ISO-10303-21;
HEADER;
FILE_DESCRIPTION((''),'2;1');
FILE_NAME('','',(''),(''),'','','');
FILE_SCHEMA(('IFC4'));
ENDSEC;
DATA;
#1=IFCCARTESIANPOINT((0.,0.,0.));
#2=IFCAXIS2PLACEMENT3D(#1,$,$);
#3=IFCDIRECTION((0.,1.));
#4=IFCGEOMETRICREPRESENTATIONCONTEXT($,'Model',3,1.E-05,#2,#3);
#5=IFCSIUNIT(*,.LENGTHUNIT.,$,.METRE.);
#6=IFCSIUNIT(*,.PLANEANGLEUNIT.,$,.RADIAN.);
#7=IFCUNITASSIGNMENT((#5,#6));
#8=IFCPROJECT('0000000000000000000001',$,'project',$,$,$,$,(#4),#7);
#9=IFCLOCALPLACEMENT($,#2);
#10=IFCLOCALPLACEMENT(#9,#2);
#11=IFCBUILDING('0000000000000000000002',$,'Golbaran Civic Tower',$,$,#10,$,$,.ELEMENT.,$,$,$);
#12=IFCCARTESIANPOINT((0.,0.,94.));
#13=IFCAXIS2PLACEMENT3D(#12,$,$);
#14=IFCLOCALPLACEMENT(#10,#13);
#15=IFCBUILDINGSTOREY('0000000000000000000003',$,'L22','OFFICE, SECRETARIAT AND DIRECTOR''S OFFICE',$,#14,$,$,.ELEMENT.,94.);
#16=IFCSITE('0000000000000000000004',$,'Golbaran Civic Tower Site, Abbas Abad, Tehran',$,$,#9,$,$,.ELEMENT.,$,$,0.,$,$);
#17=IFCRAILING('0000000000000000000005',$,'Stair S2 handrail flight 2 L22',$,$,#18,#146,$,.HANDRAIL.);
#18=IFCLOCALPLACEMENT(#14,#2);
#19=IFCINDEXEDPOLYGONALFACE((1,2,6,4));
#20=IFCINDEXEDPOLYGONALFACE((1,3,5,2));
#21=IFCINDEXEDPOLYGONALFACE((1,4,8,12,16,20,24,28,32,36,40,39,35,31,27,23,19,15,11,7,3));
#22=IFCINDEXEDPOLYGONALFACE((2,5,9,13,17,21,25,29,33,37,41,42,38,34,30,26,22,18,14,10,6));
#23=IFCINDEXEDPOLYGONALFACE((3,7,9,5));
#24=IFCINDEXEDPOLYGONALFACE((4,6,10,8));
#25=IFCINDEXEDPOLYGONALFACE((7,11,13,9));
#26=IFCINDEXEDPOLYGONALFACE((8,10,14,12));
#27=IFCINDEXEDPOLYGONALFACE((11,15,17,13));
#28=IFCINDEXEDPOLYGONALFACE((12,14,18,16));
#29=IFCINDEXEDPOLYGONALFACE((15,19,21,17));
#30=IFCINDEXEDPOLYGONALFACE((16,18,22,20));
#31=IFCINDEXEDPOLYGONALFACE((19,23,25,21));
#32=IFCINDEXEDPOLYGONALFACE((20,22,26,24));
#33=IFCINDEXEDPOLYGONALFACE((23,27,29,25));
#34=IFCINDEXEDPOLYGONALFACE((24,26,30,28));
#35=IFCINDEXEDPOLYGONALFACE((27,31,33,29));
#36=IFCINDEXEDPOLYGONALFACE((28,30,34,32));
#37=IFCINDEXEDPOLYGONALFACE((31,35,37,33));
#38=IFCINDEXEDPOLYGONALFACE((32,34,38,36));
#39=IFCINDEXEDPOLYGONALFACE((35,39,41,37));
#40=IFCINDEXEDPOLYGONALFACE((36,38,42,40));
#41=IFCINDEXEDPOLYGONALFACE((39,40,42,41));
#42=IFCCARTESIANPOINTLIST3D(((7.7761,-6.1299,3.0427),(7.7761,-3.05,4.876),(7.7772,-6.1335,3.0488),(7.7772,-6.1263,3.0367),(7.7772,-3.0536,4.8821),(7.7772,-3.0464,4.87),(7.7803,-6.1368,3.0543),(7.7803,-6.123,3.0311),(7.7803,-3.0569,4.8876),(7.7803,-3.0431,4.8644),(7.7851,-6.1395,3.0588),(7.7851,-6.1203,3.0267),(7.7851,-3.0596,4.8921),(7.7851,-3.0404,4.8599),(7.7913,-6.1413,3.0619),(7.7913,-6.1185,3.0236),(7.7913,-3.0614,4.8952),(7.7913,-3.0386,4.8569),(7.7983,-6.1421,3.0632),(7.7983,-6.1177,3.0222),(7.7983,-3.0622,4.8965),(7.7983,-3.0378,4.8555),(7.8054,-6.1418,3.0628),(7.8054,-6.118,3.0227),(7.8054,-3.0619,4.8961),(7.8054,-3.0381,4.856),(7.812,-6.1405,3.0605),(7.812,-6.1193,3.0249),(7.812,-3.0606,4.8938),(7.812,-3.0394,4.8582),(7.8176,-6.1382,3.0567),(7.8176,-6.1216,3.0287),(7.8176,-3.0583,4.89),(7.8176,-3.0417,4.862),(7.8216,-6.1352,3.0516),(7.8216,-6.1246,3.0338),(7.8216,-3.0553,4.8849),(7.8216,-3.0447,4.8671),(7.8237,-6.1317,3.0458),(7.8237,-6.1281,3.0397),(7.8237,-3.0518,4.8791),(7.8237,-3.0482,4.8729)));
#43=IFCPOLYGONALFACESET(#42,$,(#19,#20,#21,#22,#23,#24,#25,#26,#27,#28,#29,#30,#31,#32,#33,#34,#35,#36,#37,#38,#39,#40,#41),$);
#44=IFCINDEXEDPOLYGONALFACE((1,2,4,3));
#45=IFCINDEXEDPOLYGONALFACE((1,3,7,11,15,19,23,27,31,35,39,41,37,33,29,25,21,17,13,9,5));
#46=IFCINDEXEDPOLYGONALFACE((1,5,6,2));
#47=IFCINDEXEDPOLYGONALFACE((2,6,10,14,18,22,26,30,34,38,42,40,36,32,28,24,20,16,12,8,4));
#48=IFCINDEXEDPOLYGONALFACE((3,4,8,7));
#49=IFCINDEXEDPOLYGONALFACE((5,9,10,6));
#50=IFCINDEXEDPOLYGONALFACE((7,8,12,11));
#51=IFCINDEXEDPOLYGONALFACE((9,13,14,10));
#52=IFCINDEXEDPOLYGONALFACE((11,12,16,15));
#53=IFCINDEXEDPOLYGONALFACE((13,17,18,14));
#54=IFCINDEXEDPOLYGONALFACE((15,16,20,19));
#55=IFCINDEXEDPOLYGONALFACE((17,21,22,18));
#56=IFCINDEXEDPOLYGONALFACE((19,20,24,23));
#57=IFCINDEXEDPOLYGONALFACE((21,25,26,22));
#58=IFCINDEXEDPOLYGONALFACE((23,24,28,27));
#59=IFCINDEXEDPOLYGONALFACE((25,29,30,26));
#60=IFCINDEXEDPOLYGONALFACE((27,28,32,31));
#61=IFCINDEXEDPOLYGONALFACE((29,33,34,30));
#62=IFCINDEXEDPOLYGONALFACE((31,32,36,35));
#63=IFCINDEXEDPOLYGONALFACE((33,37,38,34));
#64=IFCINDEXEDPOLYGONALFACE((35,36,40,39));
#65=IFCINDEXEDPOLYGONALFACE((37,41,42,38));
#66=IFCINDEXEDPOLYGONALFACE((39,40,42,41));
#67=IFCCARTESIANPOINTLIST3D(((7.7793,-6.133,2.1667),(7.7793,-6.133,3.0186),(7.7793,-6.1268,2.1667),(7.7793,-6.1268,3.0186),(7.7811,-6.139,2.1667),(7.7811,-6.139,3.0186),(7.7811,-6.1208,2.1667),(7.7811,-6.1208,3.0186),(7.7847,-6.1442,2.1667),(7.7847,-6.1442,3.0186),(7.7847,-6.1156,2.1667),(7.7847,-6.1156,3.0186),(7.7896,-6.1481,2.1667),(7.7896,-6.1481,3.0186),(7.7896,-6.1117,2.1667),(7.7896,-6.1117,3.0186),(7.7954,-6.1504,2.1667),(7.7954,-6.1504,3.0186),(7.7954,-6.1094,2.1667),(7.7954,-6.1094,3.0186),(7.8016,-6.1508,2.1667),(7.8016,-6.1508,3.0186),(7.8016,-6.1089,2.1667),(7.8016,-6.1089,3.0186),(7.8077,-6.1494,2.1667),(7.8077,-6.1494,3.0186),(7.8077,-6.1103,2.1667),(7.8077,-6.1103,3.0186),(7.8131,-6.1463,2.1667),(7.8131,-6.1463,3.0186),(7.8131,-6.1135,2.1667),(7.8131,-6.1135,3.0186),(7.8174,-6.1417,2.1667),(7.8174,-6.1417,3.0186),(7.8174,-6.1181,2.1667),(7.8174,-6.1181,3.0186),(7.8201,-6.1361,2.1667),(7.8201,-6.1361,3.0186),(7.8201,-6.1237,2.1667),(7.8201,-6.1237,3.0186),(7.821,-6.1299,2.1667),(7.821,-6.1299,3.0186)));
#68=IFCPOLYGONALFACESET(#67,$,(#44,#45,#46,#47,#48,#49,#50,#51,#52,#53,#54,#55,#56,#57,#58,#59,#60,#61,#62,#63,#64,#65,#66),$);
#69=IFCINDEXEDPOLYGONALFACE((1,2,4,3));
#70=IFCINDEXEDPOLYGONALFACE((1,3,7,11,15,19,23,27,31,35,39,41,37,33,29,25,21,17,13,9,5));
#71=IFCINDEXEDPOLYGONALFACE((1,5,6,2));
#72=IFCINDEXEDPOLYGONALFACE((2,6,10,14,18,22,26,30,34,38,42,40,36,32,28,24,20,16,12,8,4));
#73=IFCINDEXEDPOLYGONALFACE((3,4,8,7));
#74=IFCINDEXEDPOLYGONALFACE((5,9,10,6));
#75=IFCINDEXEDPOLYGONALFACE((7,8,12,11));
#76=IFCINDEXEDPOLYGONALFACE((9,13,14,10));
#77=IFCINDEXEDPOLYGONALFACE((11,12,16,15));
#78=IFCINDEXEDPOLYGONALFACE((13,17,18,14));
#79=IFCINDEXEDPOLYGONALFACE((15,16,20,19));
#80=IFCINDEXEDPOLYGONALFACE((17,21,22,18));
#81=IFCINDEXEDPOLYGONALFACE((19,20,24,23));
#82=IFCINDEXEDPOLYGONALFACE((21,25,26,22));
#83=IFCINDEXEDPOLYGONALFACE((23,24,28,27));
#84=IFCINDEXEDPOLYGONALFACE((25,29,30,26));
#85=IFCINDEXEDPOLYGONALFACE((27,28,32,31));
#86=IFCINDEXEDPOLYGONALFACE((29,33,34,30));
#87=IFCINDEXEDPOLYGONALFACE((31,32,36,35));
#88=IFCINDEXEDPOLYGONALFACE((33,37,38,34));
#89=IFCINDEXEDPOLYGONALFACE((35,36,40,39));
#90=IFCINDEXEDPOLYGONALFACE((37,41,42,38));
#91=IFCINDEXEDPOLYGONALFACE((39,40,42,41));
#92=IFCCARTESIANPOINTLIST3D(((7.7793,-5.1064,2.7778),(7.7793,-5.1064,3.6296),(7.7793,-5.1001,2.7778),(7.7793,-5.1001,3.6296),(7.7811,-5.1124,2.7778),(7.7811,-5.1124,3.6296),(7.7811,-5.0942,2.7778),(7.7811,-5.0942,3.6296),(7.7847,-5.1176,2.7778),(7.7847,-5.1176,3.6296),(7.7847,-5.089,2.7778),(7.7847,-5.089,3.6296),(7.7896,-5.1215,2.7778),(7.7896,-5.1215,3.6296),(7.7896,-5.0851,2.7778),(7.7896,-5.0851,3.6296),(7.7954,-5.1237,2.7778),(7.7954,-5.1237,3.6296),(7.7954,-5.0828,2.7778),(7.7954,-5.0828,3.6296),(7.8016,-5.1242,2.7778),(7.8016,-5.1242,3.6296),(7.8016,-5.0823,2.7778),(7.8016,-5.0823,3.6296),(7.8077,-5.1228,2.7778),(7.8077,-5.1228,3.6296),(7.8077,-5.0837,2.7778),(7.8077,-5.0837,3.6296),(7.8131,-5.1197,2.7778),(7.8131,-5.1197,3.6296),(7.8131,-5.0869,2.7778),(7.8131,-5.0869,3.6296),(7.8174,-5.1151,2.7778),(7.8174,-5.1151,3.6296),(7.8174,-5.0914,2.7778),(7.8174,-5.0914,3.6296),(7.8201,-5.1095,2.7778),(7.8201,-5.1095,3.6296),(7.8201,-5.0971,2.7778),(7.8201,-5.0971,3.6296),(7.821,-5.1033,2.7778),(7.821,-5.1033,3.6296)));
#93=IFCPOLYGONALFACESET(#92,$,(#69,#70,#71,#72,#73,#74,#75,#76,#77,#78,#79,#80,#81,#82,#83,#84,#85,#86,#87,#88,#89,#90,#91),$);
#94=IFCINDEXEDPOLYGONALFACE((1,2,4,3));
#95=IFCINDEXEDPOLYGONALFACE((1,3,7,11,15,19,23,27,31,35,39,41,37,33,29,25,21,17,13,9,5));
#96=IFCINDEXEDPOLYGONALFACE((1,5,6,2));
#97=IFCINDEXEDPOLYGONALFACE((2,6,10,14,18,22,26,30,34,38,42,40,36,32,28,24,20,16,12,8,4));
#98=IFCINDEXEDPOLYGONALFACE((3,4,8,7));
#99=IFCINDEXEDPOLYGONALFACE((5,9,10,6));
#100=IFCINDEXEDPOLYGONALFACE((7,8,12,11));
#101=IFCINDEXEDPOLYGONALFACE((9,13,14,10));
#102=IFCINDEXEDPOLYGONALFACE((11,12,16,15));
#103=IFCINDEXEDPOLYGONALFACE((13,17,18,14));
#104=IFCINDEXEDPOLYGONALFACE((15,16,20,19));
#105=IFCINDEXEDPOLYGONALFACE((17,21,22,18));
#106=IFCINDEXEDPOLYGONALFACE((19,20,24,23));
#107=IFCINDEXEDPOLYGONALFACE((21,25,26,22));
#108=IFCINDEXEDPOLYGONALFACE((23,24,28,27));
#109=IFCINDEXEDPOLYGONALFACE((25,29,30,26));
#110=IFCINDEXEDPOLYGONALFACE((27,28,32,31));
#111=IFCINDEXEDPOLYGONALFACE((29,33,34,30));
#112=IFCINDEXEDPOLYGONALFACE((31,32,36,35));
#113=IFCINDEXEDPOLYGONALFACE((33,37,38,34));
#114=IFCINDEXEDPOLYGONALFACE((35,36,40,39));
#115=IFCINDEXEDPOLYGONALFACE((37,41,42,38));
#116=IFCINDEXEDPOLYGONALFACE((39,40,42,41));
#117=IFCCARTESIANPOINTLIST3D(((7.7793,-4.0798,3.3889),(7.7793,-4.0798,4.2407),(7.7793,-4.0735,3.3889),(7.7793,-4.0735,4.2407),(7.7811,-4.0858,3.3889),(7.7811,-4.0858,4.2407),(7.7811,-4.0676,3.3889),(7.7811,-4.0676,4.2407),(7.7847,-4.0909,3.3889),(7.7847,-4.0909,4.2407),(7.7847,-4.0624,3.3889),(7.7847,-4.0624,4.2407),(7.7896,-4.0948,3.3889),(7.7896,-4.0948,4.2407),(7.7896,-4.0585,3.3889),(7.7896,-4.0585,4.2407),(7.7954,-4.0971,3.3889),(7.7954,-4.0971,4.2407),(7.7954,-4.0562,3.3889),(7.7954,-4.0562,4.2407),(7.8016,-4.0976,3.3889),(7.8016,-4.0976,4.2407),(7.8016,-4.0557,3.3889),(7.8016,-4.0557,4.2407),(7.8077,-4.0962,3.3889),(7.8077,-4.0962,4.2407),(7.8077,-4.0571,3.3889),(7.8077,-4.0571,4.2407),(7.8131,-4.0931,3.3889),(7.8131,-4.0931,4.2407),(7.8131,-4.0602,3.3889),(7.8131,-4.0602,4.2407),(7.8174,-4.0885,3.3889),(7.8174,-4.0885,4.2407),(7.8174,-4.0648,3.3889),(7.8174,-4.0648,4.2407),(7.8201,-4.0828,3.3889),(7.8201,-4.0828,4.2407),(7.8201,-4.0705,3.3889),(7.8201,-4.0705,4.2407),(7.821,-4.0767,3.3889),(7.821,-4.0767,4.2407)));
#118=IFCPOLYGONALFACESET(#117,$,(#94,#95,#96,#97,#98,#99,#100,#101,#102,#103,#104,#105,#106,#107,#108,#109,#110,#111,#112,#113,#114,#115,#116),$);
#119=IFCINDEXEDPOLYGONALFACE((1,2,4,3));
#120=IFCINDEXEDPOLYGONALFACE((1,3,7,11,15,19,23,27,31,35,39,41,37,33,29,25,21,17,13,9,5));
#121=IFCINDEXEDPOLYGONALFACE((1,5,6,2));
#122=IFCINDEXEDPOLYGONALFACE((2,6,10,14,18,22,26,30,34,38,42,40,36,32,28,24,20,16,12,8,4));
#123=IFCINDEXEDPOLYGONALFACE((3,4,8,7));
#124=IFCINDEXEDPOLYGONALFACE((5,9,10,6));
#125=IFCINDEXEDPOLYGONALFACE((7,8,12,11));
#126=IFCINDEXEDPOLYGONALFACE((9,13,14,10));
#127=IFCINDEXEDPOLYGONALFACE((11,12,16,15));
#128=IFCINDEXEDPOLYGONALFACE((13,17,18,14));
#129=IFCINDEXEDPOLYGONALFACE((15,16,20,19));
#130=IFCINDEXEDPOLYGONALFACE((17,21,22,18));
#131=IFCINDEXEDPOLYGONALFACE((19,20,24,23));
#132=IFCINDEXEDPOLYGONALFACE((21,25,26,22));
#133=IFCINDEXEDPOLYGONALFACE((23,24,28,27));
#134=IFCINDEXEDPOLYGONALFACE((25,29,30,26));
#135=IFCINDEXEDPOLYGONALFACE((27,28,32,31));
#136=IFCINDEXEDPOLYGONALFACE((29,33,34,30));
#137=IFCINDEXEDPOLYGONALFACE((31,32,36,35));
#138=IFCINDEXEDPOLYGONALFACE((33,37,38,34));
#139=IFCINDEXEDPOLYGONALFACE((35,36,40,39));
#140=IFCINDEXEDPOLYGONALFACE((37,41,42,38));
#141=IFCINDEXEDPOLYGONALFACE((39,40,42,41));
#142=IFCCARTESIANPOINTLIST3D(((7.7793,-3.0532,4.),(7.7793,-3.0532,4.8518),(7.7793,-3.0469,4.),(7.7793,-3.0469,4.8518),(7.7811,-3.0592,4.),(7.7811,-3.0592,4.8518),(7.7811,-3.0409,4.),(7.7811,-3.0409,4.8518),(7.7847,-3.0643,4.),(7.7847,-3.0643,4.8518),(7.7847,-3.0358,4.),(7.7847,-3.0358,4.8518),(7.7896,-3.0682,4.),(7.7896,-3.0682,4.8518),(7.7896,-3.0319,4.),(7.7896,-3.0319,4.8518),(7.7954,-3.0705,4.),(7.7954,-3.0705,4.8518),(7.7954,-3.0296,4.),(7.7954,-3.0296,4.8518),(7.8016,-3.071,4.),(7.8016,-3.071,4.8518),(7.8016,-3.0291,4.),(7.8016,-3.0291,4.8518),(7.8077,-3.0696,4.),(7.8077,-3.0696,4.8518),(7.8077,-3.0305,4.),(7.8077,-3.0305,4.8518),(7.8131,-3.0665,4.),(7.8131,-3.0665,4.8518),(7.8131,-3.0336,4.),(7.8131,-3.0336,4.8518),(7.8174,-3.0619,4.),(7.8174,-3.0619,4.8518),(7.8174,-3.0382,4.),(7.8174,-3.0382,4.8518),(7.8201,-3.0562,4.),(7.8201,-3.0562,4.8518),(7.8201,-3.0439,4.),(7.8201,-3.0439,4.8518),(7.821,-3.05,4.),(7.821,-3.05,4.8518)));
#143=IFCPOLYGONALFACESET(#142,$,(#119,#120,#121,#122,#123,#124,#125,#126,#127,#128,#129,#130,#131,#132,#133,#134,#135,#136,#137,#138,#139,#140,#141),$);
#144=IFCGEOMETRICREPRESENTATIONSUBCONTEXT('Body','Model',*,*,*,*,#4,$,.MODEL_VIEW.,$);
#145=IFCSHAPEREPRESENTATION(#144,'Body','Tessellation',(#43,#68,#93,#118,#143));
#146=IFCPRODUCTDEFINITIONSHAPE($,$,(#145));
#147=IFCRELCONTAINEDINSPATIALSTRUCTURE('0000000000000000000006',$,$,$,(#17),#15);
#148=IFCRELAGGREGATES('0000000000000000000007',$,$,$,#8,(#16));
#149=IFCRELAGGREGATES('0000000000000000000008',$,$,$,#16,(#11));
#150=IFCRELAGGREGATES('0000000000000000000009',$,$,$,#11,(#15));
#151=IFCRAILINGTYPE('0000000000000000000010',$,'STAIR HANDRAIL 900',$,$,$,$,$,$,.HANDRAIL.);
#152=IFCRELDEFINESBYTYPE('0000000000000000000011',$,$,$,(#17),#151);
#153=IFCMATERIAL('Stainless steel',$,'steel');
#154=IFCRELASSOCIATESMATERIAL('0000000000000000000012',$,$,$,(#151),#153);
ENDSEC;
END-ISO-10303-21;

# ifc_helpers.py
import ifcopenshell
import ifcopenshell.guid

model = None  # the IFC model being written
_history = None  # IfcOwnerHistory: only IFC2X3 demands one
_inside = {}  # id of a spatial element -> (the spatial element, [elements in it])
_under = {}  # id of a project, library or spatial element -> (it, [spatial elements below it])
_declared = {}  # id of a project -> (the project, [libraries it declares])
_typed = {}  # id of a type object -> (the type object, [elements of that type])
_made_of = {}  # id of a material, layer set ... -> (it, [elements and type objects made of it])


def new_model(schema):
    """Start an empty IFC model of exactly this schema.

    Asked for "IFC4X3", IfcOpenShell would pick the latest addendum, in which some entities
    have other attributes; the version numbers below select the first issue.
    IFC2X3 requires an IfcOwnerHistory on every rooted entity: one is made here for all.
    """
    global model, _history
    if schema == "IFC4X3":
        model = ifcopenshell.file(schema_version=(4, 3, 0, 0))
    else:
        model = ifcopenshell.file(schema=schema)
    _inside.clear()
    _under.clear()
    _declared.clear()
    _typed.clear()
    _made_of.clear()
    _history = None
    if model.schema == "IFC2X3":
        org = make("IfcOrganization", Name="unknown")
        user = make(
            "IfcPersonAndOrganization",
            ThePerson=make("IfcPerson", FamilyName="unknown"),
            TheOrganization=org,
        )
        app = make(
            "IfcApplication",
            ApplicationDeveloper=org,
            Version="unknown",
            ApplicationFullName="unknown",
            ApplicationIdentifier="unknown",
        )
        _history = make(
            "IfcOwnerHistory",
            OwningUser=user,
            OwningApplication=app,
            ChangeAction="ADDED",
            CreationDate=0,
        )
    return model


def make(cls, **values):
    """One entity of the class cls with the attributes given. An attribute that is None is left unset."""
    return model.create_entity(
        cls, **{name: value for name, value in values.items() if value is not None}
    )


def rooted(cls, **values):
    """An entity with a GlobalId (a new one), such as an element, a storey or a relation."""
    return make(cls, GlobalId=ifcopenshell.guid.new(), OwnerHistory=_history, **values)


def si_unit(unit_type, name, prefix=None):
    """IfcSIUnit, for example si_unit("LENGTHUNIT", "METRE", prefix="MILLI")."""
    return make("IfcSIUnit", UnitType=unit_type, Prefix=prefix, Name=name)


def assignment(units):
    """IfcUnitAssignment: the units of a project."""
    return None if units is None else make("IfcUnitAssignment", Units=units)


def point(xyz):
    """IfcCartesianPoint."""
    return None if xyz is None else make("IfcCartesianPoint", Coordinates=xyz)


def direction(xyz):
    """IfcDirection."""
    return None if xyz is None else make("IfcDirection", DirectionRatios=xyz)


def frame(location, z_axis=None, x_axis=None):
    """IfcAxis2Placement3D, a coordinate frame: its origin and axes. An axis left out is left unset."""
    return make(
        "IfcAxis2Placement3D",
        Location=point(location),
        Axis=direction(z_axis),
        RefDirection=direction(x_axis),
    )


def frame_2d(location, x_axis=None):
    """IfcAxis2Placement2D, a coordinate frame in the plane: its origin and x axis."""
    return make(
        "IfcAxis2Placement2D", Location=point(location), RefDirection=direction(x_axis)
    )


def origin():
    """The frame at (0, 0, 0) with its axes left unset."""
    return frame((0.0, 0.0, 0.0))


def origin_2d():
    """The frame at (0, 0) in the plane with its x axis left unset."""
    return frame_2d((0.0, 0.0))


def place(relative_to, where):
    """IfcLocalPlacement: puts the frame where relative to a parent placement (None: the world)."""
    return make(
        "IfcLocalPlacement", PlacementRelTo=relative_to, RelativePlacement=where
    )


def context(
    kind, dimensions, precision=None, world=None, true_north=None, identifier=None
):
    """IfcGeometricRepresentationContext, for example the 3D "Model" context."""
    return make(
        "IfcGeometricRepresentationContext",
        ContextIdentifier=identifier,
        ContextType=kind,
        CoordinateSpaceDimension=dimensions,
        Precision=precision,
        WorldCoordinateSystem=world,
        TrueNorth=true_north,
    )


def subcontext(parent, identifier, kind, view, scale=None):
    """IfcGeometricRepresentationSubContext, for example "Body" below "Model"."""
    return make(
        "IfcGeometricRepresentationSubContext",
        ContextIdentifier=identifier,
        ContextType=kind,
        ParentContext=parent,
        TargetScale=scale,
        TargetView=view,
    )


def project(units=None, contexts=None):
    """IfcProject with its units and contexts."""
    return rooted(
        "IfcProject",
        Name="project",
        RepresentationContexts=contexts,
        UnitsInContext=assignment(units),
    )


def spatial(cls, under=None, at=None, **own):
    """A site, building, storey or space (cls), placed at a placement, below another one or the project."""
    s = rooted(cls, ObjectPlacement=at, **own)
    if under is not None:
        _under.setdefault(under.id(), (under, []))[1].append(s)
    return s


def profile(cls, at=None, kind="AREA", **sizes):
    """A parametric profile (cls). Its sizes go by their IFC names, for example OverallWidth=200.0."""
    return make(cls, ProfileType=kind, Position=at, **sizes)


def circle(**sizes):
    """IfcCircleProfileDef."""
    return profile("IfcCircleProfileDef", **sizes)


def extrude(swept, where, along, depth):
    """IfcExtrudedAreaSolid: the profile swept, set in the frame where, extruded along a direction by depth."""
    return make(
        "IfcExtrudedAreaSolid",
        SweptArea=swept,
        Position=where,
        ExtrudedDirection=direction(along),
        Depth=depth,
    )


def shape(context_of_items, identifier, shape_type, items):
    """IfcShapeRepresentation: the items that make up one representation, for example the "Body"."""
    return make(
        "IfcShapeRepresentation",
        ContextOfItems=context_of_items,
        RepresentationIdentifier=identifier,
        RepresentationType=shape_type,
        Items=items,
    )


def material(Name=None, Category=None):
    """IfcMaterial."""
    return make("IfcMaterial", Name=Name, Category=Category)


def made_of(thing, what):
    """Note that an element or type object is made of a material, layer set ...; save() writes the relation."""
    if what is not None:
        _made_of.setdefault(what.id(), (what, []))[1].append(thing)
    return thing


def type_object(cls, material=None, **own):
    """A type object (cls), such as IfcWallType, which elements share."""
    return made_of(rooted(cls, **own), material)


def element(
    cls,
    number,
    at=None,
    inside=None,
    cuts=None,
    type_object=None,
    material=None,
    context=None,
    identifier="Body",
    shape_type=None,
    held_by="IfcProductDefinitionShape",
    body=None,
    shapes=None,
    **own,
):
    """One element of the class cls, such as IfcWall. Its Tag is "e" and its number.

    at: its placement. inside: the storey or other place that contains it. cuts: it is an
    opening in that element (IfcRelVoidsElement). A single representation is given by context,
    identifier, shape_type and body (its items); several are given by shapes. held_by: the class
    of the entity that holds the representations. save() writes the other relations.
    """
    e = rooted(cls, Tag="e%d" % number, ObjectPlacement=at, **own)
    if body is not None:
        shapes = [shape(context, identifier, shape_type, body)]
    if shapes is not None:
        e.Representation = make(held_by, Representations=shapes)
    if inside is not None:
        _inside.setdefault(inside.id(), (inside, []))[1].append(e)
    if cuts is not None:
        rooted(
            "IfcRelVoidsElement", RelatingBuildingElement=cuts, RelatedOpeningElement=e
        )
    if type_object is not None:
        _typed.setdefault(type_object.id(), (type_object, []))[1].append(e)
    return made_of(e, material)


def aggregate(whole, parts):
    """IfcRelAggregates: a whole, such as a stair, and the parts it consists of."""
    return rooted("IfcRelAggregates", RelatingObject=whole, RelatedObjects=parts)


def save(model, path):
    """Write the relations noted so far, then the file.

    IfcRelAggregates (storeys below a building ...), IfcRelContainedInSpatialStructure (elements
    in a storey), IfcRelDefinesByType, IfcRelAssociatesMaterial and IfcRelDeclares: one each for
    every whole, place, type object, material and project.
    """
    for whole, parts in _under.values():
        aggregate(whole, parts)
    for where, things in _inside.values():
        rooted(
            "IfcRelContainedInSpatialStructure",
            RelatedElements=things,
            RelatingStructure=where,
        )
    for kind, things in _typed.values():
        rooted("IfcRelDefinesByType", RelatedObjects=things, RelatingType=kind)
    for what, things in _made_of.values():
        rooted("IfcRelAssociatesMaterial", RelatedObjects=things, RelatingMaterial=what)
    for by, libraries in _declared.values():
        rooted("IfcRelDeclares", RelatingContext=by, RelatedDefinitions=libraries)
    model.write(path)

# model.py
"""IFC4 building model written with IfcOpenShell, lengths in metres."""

from ifc_helpers import new_model, si_unit, direction, frame, origin, origin_2d, place, context, subcontext, project, spatial, circle, extrude, material, type_object, element, save


model = new_model("IFC4")

# Units and contexts
model_context = context("Model", 3, precision=1e-05, world=origin(), true_north=direction((0.0, 1.0)))
body_context = subcontext(model_context, "Body", "Model", "MODEL_VIEW")
ifc_project = project(units=[si_unit("LENGTHUNIT", "METRE"), si_unit("PLANEANGLEUNIT", "RADIAN")], contexts=[model_context])

# Site, building, storey
site_placement = place(None, origin())
site = spatial("IfcSite", under=ifc_project, at=site_placement, Name="Golbaran Civic Tower Site, Abbas Abad, Tehran", CompositionType="ELEMENT", RefElevation=0.0)
building_placement = place(site_placement, origin())
building = spatial("IfcBuilding", under=site, at=building_placement, Name="Golbaran Civic Tower", CompositionType="ELEMENT")
storey_placement = place(building_placement, frame((0.0, 0.0, 94.0)))
storey = spatial("IfcBuildingStorey", under=building, at=storey_placement, Name="L22", Description="OFFICE, SECRETARIAT AND DIRECTOR'S OFFICE", CompositionType="ELEMENT", Elevation=94.0)

# Shared definitions
ifc_material_1 = material(Name="Stainless steel", Category="steel")

# Railing
railing_type = type_object("IfcRailingType", Name="STAIR HANDRAIL 900", PredefinedType="HANDRAIL", material=ifc_material_1)
railing_1_placement = place(storey_placement, frame((7.8, -6.1299, 2.1667)))
element("IfcRailing", 1, at=railing_1_placement, inside=storey, type_object=railing_type, Name="Stair S2 handrail flight 2 L22", PredefinedType="HANDRAIL", context=body_context, shape_type="SweptSolid", body=[
    extrude(circle(Radius=0.0239, at=origin_2d()), frame((0.0, 0.0, 0.876), z_axis=(0.0, 0.859291, 0.511487), x_axis=(-1.0, 0.0, 0.0)), (0.0, 0.0, 1.0), 3.5842),
    extrude(circle(Radius=0.021, at=origin_2d()), origin(), (0.0, 0.0, 1.0), 0.8518),
    extrude(circle(Radius=0.021, at=origin_2d()), frame((0.0, 1.0266, 0.6111)), (0.0, 0.0, 1.0), 0.8518),
    extrude(circle(Radius=0.021, at=origin_2d()), frame((0.0, 2.0532, 1.2222)), (0.0, 0.0, 1.0), 0.8518),
    extrude(circle(Radius=0.021, at=origin_2d()), frame((0.0, 3.0798, 1.8333)), (0.0, 0.0, 1.0), 0.8518),
])

save(model, "model.ifc")
